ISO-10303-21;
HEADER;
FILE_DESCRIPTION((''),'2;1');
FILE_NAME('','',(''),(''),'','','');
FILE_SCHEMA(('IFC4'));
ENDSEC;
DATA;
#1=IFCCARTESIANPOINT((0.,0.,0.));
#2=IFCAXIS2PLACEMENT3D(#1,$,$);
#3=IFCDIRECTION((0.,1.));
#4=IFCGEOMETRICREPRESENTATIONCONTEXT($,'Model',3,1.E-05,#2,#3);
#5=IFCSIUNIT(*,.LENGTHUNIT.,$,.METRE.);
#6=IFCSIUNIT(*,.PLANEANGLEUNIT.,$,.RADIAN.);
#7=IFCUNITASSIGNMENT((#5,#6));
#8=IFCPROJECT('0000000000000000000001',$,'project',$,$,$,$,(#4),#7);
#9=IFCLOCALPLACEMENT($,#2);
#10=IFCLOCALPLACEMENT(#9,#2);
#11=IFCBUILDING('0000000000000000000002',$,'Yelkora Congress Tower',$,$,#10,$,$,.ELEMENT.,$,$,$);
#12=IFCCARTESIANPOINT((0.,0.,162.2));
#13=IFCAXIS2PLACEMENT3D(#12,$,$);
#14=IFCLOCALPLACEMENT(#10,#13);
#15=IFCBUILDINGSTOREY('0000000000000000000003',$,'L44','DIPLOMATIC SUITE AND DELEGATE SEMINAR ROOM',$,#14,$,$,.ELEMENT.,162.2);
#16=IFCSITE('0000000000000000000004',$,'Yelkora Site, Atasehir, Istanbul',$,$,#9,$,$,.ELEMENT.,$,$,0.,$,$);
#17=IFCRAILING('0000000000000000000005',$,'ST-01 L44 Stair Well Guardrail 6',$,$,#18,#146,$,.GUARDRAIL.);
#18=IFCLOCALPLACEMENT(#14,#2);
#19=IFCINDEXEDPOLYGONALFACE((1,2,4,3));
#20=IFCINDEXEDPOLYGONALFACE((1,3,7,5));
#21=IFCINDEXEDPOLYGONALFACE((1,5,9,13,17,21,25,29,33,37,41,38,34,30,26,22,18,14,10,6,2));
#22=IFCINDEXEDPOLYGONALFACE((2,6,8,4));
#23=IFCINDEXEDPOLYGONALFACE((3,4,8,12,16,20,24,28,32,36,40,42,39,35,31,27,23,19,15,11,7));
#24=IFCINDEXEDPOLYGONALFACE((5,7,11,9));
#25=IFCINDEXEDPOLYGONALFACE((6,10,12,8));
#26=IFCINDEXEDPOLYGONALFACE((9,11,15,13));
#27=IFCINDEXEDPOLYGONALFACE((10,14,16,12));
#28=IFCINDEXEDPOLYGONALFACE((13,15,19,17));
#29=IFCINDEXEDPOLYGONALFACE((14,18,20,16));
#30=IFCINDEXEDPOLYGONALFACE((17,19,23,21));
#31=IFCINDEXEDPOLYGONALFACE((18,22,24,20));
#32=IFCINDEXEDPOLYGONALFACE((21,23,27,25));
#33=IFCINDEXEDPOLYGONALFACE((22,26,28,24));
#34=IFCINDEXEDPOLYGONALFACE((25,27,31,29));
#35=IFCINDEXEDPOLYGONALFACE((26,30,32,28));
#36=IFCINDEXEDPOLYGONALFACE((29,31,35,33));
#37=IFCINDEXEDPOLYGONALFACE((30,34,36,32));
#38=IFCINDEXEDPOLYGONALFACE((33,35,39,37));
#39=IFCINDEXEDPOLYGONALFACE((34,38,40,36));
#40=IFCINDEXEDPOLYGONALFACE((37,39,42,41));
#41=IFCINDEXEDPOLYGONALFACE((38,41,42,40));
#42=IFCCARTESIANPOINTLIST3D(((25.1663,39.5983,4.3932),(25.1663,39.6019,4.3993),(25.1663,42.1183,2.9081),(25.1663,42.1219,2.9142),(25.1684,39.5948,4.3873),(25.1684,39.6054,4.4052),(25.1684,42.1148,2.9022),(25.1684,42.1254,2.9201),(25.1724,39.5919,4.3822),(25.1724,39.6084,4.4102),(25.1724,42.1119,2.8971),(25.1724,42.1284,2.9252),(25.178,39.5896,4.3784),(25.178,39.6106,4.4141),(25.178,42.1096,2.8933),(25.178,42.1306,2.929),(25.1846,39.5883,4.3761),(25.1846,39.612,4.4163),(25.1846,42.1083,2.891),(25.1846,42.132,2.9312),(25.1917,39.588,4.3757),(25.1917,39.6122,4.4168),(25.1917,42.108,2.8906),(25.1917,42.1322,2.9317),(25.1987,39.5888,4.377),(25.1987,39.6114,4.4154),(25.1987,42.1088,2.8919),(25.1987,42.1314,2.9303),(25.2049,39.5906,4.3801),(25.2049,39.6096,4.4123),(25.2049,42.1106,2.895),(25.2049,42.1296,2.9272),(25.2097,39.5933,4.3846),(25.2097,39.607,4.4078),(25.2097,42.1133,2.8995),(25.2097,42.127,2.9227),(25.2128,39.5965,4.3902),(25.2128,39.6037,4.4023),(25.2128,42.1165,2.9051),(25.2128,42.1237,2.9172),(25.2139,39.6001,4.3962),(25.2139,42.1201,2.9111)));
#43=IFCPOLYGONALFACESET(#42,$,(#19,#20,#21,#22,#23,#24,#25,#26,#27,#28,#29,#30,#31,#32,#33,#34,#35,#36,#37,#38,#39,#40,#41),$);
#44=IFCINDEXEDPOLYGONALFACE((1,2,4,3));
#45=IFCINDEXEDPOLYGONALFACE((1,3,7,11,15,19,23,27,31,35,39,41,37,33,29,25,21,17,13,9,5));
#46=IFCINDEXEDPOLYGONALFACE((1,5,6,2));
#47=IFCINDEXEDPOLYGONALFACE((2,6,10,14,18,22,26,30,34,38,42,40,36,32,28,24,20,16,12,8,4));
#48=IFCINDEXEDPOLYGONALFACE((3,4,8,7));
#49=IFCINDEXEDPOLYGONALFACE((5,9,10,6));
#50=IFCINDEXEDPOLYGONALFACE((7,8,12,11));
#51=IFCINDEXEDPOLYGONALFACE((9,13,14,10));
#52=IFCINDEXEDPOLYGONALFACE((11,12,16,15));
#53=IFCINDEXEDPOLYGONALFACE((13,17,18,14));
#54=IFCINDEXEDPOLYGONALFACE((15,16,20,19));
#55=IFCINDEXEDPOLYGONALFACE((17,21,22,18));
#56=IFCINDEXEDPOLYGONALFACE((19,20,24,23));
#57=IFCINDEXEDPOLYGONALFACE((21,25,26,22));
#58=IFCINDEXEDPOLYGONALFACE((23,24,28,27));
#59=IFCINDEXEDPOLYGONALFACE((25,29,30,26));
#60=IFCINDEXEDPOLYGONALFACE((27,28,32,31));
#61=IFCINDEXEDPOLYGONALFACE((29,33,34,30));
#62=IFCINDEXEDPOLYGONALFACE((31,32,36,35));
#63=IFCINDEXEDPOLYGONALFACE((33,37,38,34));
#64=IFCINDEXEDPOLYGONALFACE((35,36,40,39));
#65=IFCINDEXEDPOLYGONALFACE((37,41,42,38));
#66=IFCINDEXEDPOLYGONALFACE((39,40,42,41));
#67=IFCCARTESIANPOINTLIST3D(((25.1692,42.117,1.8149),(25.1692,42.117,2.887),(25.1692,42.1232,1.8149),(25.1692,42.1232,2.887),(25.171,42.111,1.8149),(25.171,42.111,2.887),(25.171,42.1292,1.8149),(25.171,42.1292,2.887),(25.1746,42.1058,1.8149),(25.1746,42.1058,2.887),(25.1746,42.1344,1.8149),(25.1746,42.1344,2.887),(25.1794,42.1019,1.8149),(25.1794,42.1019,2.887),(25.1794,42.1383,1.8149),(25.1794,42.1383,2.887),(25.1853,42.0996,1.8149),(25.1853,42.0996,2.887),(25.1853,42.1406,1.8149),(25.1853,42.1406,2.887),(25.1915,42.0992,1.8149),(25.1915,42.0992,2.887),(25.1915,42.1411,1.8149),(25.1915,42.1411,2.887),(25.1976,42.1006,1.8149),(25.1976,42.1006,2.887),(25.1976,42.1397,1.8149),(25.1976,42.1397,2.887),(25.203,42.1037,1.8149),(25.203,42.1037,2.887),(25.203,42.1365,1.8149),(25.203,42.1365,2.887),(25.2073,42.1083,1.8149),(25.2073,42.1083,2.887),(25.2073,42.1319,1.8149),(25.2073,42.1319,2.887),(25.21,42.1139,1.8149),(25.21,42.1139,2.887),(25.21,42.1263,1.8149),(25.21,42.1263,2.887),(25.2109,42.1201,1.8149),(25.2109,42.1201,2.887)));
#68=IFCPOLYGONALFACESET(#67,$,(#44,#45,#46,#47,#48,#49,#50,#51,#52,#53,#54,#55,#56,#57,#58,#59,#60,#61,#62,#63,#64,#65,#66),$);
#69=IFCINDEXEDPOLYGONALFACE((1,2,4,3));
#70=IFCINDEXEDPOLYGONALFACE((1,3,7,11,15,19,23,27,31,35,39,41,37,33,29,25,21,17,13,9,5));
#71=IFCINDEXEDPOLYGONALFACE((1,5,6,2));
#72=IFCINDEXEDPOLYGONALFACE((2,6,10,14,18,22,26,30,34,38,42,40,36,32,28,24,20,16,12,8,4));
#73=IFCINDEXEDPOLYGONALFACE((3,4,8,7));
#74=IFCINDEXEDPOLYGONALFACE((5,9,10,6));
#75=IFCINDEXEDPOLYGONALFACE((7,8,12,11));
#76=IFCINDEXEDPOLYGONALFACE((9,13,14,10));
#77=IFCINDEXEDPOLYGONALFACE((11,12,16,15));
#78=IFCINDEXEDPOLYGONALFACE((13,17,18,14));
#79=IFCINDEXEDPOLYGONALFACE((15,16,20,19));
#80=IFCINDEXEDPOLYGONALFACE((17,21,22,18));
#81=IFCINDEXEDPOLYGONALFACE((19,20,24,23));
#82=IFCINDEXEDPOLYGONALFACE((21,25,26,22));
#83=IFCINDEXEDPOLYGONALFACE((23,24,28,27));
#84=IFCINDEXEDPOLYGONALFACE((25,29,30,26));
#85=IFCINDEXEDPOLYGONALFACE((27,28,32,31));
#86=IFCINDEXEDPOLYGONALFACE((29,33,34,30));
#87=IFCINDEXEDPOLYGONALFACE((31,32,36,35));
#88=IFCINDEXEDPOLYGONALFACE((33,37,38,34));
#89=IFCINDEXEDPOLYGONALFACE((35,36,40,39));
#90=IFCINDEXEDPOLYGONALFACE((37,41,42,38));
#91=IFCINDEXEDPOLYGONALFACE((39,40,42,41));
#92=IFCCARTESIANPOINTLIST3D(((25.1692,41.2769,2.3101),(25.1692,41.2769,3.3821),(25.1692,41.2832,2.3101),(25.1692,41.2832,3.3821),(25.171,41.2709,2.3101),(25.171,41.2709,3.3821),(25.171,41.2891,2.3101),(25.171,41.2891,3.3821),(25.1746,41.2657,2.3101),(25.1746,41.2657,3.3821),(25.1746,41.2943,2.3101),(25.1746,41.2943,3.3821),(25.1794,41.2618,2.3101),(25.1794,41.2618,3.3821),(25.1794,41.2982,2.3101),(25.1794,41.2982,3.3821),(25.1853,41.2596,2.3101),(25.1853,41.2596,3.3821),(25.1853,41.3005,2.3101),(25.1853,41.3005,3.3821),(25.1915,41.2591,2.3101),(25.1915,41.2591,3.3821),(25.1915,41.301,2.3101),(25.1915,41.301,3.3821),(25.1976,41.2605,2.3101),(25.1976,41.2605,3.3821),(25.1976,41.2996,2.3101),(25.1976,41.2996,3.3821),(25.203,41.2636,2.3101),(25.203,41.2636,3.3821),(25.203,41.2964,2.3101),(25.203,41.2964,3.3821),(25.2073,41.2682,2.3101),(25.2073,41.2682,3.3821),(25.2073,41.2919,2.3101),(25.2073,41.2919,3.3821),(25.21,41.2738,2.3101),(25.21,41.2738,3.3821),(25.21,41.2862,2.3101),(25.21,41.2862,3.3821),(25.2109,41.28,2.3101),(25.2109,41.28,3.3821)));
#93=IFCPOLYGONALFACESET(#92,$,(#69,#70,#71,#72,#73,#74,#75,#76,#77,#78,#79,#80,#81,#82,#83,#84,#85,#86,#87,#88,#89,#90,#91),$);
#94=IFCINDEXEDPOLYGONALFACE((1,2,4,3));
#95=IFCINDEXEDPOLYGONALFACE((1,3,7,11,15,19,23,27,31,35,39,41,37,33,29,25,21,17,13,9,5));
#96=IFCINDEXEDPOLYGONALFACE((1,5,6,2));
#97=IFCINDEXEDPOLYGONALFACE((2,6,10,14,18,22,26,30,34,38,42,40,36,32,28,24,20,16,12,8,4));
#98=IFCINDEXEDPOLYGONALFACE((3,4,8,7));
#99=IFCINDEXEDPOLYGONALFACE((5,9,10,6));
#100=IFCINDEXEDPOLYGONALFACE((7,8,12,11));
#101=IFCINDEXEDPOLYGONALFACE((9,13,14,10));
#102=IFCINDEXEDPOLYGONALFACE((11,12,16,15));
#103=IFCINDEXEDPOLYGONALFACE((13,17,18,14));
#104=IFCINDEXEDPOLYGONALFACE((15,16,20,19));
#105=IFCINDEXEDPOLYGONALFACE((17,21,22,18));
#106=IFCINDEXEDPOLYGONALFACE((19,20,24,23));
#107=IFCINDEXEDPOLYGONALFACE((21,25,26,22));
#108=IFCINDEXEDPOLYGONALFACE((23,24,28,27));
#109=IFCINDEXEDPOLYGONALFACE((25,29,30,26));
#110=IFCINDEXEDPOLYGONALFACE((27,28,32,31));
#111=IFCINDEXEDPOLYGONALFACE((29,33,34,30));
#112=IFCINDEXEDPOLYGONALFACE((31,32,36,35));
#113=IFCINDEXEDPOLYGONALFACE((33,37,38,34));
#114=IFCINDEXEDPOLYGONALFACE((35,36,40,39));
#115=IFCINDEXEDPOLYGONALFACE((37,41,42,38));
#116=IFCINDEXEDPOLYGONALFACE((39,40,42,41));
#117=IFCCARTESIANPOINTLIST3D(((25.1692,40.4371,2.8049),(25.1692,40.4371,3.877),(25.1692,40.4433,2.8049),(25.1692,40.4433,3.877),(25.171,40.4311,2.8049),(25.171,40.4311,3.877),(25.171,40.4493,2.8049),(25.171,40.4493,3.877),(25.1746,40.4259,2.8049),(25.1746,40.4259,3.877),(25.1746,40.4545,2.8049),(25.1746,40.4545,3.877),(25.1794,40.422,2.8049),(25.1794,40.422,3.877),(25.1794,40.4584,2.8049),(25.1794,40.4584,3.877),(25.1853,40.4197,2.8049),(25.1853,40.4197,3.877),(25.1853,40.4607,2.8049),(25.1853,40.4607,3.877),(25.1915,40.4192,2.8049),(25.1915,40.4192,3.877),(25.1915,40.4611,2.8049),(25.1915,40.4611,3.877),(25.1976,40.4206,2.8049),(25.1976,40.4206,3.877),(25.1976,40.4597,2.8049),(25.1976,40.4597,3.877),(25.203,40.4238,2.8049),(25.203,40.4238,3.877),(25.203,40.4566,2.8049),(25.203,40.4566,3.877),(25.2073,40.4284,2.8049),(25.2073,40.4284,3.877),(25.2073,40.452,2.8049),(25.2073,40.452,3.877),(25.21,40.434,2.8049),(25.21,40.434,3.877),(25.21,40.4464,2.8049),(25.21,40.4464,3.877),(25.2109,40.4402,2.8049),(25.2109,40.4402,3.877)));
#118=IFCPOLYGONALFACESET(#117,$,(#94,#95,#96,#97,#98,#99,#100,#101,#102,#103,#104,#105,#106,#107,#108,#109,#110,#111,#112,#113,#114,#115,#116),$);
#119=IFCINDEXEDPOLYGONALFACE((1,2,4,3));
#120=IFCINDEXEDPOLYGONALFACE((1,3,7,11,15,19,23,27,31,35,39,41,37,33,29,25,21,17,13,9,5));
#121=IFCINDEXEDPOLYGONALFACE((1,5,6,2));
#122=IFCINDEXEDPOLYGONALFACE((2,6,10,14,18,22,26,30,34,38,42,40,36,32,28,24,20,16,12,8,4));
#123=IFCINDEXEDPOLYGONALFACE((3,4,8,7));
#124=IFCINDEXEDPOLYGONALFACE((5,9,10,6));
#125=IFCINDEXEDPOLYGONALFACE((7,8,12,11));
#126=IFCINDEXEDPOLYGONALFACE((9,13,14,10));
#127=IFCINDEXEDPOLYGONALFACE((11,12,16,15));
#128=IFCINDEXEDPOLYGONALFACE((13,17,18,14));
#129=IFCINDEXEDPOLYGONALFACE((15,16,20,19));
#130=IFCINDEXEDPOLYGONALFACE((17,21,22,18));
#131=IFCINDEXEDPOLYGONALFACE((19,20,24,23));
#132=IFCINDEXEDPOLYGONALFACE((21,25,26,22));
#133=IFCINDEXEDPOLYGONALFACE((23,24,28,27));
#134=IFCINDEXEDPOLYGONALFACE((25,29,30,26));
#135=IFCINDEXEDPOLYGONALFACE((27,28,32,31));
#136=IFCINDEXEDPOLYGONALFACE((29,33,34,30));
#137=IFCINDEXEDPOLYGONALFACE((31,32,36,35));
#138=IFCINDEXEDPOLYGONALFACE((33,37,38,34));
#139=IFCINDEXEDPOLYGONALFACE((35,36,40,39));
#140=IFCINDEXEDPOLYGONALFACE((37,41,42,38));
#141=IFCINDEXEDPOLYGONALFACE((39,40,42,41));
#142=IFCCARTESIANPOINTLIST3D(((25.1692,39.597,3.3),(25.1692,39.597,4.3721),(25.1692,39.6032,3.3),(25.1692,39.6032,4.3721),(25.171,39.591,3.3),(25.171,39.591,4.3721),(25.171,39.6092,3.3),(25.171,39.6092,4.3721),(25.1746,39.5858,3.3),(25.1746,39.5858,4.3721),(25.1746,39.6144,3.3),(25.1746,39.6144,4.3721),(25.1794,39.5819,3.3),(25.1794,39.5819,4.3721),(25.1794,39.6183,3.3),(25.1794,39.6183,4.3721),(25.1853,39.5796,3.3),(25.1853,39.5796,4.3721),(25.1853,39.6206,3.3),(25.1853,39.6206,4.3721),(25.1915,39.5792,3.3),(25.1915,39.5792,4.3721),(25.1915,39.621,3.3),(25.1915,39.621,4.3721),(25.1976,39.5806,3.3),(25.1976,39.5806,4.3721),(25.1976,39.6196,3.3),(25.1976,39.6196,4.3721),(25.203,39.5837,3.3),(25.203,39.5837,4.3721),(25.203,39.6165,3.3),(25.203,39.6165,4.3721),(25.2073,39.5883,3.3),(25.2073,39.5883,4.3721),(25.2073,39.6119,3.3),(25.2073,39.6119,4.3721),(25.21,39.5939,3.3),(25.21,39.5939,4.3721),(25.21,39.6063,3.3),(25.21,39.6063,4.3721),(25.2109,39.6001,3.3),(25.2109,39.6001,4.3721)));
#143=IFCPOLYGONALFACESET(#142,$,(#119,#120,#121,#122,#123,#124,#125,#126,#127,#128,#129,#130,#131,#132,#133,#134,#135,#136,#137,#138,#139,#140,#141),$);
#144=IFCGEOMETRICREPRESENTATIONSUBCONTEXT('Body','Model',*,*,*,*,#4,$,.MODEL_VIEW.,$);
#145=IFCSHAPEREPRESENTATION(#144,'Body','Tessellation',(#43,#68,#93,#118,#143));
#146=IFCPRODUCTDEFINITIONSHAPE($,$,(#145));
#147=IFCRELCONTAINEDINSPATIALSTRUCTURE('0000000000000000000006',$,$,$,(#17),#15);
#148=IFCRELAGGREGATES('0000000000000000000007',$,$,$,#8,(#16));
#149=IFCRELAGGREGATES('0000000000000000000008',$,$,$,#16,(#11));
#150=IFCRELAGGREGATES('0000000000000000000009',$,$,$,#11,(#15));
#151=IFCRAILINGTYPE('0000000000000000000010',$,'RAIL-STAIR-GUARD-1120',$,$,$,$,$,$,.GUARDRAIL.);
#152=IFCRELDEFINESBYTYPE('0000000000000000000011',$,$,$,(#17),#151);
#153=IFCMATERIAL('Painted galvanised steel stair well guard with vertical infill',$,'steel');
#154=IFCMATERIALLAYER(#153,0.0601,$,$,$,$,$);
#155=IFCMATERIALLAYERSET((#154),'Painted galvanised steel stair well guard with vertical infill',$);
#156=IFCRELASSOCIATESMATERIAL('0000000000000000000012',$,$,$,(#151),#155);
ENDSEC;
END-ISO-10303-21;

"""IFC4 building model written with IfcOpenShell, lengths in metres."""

from ifc_helpers import new_model, si_unit, direction, frame, origin, origin_2d, place, context, subcontext, project, spatial, circle, extrude, material, layer, layer_set, type_object, element, save


model = new_model("IFC4")

# Units and contexts
model_context = context("Model", 3, precision=1e-05, world=origin(), true_north=direction((0.0, 1.0)))
body_context = subcontext(model_context, "Body", "Model", "MODEL_VIEW")
ifc_project = project(units=[si_unit("LENGTHUNIT", "METRE"), si_unit("PLANEANGLEUNIT", "RADIAN")], contexts=[model_context])

# Site, building, storey
site_placement = place(None, origin())
site = spatial("IfcSite", under=ifc_project, at=site_placement, Name="Yelkora Site, Atasehir, Istanbul", CompositionType="ELEMENT", RefElevation=0.0)
building_placement = place(site_placement, origin())
building = spatial("IfcBuilding", under=site, at=building_placement, Name="Yelkora Congress Tower", CompositionType="ELEMENT")
storey_placement = place(building_placement, frame((0.0, 0.0, 162.2)))
storey = spatial("IfcBuildingStorey", under=building, at=storey_placement, Name="L44", Description="DIPLOMATIC SUITE AND DELEGATE SEMINAR ROOM", CompositionType="ELEMENT", Elevation=162.2)

# Railing
ifc_material_1 = material(Name="Painted galvanised steel stair well guard with vertical infill", Category="steel")
ifc_layer_1 = layer(ifc_material_1, 0.0601)
ifc_layer_set_1 = layer_set([ifc_layer_1], Name="Painted galvanised steel stair well guard with vertical infill")
railing_type = type_object("IfcRailingType", Name="RAIL-STAIR-GUARD-1120", PredefinedType="GUARDRAIL", material=ifc_layer_set_1)
railing_1_placement = place(storey_placement, frame((25.1899, 42.1201, 1.8149)))
element("IfcRailing", 1, at=railing_1_placement, inside=storey, type_object=railing_type, Name="ST-01 L44 Stair Well Guardrail 6", PredefinedType="GUARDRAIL", context=body_context, shape_type="SweptSolid", body=[
    extrude(circle(Radius=0.0239, at=origin_2d()), frame((0.0, 0.0, 1.0962), z_axis=(0.0, -0.861524, 0.507717), x_axis=(1.0, 0.0, 0.0)), (0.0, 0.0, 1.0), 2.925),
    extrude(circle(Radius=0.021, at=origin_2d()), origin(), (0.0, 0.0, 1.0), 1.072),
    extrude(circle(Radius=0.021, at=origin_2d()), frame((0.0, -0.8401, 0.4951)), (0.0, 0.0, 1.0), 1.072),
    extrude(circle(Radius=0.021, at=origin_2d()), frame((0.0, -1.6799, 0.99)), (0.0, 0.0, 1.0), 1.072),
    extrude(circle(Radius=0.021, at=origin_2d()), frame((0.0, -2.52, 1.4851)), (0.0, 0.0, 1.0), 1.072),
])

save(model, "model.ifc")
